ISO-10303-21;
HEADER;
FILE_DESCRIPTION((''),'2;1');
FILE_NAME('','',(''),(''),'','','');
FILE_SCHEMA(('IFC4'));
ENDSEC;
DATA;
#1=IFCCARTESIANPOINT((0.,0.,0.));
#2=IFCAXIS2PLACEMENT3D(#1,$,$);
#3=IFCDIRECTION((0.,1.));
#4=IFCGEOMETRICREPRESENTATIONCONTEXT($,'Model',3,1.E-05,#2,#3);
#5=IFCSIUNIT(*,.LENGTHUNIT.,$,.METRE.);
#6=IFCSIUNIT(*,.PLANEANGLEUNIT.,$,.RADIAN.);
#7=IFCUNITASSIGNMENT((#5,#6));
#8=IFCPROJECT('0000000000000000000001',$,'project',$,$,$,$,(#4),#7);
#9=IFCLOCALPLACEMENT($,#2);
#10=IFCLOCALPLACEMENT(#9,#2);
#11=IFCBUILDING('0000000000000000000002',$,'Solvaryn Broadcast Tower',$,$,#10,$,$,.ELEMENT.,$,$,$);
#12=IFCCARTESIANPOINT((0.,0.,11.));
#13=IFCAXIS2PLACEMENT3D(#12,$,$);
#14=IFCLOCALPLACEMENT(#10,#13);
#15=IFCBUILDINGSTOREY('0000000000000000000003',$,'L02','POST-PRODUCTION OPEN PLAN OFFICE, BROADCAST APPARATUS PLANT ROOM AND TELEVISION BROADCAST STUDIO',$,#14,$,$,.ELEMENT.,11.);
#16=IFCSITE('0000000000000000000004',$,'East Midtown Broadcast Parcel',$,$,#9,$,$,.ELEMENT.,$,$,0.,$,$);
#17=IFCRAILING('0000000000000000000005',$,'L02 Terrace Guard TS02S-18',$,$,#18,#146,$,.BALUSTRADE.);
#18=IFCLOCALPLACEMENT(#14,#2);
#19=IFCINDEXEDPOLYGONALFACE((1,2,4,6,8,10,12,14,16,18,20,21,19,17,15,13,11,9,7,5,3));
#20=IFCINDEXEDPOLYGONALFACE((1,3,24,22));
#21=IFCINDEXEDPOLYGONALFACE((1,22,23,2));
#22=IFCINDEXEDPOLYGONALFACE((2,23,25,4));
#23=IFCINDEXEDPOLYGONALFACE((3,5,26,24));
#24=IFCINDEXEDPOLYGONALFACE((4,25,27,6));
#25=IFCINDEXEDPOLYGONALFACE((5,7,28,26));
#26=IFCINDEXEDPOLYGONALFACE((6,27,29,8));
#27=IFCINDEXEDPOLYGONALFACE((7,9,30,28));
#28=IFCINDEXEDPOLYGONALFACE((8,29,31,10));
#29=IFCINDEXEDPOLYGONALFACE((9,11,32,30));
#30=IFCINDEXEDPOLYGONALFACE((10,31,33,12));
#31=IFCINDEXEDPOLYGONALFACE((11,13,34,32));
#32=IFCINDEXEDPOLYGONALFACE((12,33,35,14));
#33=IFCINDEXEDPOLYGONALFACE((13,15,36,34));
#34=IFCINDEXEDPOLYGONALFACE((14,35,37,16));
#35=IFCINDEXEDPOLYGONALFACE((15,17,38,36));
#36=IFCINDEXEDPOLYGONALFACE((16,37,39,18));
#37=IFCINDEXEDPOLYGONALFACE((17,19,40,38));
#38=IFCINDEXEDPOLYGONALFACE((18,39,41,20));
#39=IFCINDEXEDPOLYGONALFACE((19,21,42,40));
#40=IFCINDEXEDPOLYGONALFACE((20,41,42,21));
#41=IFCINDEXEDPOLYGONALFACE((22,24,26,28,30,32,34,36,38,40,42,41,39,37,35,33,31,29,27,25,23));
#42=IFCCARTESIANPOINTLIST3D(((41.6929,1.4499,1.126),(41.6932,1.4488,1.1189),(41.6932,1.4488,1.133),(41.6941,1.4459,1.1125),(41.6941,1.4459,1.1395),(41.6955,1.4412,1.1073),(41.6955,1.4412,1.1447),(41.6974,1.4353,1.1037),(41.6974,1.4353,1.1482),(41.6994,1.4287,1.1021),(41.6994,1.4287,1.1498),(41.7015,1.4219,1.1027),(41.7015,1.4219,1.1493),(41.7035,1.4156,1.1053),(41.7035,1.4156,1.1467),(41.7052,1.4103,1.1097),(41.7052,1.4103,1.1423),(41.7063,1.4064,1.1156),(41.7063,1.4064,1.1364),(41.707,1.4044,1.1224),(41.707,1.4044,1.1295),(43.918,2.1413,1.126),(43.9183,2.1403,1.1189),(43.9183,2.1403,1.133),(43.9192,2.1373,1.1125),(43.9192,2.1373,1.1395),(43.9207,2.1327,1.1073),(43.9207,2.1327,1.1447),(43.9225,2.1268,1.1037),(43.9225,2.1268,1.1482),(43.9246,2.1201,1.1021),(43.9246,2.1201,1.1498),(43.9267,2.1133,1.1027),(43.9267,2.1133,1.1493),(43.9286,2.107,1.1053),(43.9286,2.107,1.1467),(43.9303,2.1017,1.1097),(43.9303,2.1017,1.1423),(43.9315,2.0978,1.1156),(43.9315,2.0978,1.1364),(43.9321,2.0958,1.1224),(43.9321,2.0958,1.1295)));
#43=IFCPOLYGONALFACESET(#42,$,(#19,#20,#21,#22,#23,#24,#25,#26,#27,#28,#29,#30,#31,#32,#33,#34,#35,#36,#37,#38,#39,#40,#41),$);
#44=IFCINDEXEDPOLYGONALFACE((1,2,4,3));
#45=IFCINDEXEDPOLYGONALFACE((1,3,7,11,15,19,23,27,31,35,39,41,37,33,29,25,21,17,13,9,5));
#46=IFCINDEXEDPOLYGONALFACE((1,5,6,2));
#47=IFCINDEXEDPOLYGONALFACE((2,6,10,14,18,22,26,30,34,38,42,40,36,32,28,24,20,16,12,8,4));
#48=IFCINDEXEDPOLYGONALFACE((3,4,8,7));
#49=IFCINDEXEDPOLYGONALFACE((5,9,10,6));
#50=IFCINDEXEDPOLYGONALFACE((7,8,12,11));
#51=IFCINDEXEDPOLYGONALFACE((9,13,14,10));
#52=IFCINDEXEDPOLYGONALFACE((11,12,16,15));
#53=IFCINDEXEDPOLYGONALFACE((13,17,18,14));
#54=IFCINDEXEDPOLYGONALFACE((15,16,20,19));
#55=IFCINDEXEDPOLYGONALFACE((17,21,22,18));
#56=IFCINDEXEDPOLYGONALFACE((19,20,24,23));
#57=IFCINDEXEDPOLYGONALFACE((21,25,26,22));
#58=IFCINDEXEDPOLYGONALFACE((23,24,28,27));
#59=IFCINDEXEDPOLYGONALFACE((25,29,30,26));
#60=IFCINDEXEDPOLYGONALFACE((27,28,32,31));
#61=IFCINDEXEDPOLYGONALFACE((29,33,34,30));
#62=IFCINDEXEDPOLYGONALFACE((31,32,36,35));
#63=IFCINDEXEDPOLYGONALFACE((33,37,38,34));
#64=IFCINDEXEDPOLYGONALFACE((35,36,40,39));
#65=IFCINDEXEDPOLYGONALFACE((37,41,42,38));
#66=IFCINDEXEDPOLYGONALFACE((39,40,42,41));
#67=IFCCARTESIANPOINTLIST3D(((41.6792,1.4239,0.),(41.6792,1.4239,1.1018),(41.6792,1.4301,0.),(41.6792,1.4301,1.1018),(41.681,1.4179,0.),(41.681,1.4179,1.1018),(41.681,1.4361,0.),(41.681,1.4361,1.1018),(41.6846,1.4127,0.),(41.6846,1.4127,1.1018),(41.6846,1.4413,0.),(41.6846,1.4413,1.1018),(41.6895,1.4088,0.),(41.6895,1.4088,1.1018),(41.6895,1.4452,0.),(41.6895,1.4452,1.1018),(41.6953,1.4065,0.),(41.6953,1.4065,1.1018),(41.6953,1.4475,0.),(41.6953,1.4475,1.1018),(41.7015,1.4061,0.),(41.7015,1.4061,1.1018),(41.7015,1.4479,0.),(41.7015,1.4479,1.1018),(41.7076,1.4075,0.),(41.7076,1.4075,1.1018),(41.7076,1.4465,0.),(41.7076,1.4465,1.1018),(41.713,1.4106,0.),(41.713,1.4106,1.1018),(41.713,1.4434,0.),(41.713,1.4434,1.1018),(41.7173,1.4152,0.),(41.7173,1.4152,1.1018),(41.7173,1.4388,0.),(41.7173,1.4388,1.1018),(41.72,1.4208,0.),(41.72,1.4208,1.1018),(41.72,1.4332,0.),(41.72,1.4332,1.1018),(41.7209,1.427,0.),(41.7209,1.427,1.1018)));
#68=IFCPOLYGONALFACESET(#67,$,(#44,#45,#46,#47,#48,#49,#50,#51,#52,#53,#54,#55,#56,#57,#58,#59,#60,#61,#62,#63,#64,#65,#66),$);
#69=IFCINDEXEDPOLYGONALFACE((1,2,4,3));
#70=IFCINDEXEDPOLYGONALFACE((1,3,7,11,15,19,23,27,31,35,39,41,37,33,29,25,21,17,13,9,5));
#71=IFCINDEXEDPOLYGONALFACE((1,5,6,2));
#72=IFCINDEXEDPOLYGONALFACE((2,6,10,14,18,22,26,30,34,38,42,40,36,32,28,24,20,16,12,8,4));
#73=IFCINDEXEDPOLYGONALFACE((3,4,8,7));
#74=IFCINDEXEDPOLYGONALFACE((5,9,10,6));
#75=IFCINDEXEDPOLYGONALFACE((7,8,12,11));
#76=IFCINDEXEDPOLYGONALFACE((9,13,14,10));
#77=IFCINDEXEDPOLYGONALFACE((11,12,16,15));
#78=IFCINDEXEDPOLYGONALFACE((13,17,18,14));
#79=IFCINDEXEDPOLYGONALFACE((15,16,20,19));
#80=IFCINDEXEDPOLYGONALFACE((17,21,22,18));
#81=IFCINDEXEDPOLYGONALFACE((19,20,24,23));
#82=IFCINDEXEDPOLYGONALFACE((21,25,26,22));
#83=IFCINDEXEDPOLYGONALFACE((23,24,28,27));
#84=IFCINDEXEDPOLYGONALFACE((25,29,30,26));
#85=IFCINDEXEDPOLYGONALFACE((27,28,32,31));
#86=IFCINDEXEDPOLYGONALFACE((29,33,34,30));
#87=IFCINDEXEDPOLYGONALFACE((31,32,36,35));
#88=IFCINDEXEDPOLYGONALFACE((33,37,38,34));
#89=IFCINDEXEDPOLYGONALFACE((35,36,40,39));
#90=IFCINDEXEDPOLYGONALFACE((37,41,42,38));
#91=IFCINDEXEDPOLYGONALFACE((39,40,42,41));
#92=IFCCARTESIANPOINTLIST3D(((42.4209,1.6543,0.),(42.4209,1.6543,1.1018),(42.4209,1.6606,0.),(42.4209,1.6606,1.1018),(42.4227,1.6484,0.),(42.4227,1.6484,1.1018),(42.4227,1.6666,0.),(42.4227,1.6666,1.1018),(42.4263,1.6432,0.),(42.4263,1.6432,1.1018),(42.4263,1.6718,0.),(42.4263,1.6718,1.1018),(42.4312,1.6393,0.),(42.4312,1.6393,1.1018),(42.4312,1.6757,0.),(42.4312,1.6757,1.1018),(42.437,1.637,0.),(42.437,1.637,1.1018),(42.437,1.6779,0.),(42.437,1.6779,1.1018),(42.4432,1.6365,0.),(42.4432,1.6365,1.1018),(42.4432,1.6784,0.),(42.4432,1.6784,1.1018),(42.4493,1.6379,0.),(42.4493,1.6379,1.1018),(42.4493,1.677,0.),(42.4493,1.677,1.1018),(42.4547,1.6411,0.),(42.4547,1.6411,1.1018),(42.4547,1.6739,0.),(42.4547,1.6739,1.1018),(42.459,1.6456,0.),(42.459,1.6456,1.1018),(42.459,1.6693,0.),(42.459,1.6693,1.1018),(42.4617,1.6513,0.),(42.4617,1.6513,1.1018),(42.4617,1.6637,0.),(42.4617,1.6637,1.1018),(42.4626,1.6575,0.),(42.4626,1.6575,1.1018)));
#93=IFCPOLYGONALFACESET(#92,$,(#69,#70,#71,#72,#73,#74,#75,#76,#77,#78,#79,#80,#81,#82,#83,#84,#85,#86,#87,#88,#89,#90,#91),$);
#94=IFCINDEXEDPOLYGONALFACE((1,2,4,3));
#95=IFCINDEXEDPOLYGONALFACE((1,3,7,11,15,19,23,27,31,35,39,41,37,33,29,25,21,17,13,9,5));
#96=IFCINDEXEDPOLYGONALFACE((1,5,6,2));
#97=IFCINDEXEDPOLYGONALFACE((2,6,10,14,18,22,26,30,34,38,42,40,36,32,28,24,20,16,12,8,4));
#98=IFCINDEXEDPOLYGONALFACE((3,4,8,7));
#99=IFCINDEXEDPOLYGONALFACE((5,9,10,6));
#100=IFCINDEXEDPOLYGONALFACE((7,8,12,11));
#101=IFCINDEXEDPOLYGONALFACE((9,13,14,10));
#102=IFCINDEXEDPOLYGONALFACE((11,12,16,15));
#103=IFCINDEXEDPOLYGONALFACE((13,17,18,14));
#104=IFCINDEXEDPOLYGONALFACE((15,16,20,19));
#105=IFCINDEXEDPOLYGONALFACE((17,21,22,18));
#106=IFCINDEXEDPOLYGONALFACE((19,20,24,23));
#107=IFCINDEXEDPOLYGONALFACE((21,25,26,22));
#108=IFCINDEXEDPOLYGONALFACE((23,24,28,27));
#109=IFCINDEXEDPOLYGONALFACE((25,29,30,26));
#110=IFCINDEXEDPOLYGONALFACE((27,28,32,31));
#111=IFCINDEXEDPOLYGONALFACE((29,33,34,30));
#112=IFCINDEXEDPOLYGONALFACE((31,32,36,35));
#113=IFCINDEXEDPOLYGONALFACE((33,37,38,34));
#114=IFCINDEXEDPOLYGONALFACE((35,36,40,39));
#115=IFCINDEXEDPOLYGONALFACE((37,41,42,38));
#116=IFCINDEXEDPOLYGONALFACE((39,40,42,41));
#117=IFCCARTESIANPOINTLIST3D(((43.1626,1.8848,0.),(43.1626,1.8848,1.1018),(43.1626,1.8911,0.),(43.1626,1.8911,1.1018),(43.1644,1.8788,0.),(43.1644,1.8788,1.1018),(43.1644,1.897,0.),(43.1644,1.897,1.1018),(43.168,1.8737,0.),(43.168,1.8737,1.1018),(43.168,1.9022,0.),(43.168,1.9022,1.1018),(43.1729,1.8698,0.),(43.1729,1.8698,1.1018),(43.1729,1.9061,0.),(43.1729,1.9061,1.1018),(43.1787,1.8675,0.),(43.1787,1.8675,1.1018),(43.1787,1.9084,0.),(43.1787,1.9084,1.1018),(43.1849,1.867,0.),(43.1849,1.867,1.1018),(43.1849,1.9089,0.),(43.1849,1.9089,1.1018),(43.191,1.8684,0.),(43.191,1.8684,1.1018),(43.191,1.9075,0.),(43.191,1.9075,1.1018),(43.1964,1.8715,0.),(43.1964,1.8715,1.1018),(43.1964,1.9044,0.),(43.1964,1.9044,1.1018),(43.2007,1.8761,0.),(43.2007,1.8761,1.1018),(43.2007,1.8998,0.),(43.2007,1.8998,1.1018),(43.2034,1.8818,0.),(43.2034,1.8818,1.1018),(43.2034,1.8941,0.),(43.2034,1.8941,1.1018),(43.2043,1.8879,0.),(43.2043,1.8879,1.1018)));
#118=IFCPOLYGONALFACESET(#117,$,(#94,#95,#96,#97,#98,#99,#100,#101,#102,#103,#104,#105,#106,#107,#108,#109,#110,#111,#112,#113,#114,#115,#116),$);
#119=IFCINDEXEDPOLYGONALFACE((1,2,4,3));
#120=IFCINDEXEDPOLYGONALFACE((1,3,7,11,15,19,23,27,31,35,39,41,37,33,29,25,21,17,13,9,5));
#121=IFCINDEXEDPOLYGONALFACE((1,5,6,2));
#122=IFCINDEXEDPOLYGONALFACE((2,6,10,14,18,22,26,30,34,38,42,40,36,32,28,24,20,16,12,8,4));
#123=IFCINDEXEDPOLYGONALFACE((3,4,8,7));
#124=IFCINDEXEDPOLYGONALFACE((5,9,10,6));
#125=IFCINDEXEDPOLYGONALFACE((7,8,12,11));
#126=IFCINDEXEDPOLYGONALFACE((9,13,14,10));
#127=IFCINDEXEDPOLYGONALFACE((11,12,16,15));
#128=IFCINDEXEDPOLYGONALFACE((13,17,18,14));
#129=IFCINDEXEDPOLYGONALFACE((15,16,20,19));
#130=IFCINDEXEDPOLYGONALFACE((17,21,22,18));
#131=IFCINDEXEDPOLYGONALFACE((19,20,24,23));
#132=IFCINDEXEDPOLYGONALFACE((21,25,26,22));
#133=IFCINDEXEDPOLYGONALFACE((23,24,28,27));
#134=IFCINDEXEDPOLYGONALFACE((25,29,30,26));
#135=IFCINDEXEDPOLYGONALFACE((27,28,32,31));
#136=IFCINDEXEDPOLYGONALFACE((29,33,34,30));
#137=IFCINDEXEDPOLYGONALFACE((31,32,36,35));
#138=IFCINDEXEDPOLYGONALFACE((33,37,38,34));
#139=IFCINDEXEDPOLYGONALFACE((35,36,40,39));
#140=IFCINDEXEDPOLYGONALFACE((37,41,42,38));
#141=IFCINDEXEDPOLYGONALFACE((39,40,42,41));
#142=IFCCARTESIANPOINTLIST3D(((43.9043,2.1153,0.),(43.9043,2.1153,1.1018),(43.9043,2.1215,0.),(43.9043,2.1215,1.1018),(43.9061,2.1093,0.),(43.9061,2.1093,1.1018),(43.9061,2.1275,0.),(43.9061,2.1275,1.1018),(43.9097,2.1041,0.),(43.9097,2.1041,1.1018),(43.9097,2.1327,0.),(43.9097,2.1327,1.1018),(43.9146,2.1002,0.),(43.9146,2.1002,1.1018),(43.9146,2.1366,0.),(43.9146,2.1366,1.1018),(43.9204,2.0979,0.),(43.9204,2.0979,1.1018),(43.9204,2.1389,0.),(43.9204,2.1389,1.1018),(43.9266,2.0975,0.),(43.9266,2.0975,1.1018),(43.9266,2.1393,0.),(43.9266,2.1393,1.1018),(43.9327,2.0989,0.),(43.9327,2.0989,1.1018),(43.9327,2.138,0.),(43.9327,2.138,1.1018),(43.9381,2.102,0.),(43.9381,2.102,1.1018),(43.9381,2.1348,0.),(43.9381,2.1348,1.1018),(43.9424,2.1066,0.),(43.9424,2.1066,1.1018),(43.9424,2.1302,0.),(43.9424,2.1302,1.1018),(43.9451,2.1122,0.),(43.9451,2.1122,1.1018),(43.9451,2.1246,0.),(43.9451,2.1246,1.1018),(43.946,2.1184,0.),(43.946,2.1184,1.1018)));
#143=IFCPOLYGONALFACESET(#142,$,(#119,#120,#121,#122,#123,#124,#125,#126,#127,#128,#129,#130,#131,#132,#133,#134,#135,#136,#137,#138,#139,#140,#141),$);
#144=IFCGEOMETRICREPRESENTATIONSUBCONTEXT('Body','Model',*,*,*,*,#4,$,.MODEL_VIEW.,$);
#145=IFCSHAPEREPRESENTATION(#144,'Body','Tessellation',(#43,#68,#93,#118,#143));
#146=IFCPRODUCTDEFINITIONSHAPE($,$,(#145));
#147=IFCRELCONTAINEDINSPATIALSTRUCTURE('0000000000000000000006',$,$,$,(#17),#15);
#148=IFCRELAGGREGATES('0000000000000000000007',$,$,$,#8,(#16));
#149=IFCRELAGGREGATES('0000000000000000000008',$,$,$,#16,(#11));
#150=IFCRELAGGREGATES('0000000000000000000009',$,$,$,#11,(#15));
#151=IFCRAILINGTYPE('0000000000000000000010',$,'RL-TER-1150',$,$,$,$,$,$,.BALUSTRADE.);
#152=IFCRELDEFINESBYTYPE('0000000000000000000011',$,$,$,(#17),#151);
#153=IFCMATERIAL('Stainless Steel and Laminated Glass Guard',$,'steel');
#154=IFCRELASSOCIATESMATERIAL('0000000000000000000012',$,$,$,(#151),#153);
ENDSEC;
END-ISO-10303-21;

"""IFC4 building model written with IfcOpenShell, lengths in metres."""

from ifc_helpers import new_model, si_unit, direction, frame, origin, origin_2d, place, context, subcontext, project, spatial, circle, extrude, material, type_object, element, save


model = new_model("IFC4")

# Units and contexts
model_context = context("Model", 3, precision=1e-05, world=origin(), true_north=direction((0.0, 1.0)))
body_context = subcontext(model_context, "Body", "Model", "MODEL_VIEW")
ifc_project = project(units=[si_unit("LENGTHUNIT", "METRE"), si_unit("PLANEANGLEUNIT", "RADIAN")], contexts=[model_context])

# Site, building, storey
site_placement = place(None, origin())
site = spatial("IfcSite", under=ifc_project, at=site_placement, Name="East Midtown Broadcast Parcel", CompositionType="ELEMENT", RefElevation=0.0)
building_placement = place(site_placement, origin())
building = spatial("IfcBuilding", under=site, at=building_placement, Name="Solvaryn Broadcast Tower", CompositionType="ELEMENT")
storey_placement = place(building_placement, frame((0.0, 0.0, 11.0)))
storey = spatial("IfcBuildingStorey", under=building, at=storey_placement, Name="L02", Description="POST-PRODUCTION OPEN PLAN OFFICE, BROADCAST APPARATUS PLANT ROOM AND TELEVISION BROADCAST STUDIO", CompositionType="ELEMENT", Elevation=11.0)

# Railing
ifc_material_1 = material(Name="Stainless Steel and Laminated Glass Guard", Category="steel")
railing_type = type_object("IfcRailingType", Name="RL-TER-1150", PredefinedType="BALUSTRADE", material=ifc_material_1)
railing_1_placement = place(storey_placement, frame((41.7, 1.427, 0.0)))
element("IfcRailing", 1, at=railing_1_placement, inside=storey, type_object=railing_type, Name="L02 Terrace Guard TS02S-18", PredefinedType="BALUSTRADE", context=body_context, shape_type="SweptSolid", body=[
    extrude(circle(Radius=0.0239, at=origin_2d()), frame((0.0, 0.0, 1.126), z_axis=(0.95496, 0.296735, 0.0), x_axis=(-0.296735, 0.95496, 0.0)), (0.0, 0.0, 1.0), 2.3301),
    extrude(circle(Radius=0.021, at=origin_2d()), origin(), (0.0, 0.0, 1.0), 1.1018),
    extrude(circle(Radius=0.021, at=origin_2d()), frame((0.7417, 0.2305, 0.0)), (0.0, 0.0, 1.0), 1.1018),
    extrude(circle(Radius=0.021, at=origin_2d()), frame((1.4834, 0.4609, 0.0)), (0.0, 0.0, 1.0), 1.1018),
    extrude(circle(Radius=0.021, at=origin_2d()), frame((2.2251, 0.6914, 0.0)), (0.0, 0.0, 1.0), 1.1018),
])

save(model, "model.ifc")
